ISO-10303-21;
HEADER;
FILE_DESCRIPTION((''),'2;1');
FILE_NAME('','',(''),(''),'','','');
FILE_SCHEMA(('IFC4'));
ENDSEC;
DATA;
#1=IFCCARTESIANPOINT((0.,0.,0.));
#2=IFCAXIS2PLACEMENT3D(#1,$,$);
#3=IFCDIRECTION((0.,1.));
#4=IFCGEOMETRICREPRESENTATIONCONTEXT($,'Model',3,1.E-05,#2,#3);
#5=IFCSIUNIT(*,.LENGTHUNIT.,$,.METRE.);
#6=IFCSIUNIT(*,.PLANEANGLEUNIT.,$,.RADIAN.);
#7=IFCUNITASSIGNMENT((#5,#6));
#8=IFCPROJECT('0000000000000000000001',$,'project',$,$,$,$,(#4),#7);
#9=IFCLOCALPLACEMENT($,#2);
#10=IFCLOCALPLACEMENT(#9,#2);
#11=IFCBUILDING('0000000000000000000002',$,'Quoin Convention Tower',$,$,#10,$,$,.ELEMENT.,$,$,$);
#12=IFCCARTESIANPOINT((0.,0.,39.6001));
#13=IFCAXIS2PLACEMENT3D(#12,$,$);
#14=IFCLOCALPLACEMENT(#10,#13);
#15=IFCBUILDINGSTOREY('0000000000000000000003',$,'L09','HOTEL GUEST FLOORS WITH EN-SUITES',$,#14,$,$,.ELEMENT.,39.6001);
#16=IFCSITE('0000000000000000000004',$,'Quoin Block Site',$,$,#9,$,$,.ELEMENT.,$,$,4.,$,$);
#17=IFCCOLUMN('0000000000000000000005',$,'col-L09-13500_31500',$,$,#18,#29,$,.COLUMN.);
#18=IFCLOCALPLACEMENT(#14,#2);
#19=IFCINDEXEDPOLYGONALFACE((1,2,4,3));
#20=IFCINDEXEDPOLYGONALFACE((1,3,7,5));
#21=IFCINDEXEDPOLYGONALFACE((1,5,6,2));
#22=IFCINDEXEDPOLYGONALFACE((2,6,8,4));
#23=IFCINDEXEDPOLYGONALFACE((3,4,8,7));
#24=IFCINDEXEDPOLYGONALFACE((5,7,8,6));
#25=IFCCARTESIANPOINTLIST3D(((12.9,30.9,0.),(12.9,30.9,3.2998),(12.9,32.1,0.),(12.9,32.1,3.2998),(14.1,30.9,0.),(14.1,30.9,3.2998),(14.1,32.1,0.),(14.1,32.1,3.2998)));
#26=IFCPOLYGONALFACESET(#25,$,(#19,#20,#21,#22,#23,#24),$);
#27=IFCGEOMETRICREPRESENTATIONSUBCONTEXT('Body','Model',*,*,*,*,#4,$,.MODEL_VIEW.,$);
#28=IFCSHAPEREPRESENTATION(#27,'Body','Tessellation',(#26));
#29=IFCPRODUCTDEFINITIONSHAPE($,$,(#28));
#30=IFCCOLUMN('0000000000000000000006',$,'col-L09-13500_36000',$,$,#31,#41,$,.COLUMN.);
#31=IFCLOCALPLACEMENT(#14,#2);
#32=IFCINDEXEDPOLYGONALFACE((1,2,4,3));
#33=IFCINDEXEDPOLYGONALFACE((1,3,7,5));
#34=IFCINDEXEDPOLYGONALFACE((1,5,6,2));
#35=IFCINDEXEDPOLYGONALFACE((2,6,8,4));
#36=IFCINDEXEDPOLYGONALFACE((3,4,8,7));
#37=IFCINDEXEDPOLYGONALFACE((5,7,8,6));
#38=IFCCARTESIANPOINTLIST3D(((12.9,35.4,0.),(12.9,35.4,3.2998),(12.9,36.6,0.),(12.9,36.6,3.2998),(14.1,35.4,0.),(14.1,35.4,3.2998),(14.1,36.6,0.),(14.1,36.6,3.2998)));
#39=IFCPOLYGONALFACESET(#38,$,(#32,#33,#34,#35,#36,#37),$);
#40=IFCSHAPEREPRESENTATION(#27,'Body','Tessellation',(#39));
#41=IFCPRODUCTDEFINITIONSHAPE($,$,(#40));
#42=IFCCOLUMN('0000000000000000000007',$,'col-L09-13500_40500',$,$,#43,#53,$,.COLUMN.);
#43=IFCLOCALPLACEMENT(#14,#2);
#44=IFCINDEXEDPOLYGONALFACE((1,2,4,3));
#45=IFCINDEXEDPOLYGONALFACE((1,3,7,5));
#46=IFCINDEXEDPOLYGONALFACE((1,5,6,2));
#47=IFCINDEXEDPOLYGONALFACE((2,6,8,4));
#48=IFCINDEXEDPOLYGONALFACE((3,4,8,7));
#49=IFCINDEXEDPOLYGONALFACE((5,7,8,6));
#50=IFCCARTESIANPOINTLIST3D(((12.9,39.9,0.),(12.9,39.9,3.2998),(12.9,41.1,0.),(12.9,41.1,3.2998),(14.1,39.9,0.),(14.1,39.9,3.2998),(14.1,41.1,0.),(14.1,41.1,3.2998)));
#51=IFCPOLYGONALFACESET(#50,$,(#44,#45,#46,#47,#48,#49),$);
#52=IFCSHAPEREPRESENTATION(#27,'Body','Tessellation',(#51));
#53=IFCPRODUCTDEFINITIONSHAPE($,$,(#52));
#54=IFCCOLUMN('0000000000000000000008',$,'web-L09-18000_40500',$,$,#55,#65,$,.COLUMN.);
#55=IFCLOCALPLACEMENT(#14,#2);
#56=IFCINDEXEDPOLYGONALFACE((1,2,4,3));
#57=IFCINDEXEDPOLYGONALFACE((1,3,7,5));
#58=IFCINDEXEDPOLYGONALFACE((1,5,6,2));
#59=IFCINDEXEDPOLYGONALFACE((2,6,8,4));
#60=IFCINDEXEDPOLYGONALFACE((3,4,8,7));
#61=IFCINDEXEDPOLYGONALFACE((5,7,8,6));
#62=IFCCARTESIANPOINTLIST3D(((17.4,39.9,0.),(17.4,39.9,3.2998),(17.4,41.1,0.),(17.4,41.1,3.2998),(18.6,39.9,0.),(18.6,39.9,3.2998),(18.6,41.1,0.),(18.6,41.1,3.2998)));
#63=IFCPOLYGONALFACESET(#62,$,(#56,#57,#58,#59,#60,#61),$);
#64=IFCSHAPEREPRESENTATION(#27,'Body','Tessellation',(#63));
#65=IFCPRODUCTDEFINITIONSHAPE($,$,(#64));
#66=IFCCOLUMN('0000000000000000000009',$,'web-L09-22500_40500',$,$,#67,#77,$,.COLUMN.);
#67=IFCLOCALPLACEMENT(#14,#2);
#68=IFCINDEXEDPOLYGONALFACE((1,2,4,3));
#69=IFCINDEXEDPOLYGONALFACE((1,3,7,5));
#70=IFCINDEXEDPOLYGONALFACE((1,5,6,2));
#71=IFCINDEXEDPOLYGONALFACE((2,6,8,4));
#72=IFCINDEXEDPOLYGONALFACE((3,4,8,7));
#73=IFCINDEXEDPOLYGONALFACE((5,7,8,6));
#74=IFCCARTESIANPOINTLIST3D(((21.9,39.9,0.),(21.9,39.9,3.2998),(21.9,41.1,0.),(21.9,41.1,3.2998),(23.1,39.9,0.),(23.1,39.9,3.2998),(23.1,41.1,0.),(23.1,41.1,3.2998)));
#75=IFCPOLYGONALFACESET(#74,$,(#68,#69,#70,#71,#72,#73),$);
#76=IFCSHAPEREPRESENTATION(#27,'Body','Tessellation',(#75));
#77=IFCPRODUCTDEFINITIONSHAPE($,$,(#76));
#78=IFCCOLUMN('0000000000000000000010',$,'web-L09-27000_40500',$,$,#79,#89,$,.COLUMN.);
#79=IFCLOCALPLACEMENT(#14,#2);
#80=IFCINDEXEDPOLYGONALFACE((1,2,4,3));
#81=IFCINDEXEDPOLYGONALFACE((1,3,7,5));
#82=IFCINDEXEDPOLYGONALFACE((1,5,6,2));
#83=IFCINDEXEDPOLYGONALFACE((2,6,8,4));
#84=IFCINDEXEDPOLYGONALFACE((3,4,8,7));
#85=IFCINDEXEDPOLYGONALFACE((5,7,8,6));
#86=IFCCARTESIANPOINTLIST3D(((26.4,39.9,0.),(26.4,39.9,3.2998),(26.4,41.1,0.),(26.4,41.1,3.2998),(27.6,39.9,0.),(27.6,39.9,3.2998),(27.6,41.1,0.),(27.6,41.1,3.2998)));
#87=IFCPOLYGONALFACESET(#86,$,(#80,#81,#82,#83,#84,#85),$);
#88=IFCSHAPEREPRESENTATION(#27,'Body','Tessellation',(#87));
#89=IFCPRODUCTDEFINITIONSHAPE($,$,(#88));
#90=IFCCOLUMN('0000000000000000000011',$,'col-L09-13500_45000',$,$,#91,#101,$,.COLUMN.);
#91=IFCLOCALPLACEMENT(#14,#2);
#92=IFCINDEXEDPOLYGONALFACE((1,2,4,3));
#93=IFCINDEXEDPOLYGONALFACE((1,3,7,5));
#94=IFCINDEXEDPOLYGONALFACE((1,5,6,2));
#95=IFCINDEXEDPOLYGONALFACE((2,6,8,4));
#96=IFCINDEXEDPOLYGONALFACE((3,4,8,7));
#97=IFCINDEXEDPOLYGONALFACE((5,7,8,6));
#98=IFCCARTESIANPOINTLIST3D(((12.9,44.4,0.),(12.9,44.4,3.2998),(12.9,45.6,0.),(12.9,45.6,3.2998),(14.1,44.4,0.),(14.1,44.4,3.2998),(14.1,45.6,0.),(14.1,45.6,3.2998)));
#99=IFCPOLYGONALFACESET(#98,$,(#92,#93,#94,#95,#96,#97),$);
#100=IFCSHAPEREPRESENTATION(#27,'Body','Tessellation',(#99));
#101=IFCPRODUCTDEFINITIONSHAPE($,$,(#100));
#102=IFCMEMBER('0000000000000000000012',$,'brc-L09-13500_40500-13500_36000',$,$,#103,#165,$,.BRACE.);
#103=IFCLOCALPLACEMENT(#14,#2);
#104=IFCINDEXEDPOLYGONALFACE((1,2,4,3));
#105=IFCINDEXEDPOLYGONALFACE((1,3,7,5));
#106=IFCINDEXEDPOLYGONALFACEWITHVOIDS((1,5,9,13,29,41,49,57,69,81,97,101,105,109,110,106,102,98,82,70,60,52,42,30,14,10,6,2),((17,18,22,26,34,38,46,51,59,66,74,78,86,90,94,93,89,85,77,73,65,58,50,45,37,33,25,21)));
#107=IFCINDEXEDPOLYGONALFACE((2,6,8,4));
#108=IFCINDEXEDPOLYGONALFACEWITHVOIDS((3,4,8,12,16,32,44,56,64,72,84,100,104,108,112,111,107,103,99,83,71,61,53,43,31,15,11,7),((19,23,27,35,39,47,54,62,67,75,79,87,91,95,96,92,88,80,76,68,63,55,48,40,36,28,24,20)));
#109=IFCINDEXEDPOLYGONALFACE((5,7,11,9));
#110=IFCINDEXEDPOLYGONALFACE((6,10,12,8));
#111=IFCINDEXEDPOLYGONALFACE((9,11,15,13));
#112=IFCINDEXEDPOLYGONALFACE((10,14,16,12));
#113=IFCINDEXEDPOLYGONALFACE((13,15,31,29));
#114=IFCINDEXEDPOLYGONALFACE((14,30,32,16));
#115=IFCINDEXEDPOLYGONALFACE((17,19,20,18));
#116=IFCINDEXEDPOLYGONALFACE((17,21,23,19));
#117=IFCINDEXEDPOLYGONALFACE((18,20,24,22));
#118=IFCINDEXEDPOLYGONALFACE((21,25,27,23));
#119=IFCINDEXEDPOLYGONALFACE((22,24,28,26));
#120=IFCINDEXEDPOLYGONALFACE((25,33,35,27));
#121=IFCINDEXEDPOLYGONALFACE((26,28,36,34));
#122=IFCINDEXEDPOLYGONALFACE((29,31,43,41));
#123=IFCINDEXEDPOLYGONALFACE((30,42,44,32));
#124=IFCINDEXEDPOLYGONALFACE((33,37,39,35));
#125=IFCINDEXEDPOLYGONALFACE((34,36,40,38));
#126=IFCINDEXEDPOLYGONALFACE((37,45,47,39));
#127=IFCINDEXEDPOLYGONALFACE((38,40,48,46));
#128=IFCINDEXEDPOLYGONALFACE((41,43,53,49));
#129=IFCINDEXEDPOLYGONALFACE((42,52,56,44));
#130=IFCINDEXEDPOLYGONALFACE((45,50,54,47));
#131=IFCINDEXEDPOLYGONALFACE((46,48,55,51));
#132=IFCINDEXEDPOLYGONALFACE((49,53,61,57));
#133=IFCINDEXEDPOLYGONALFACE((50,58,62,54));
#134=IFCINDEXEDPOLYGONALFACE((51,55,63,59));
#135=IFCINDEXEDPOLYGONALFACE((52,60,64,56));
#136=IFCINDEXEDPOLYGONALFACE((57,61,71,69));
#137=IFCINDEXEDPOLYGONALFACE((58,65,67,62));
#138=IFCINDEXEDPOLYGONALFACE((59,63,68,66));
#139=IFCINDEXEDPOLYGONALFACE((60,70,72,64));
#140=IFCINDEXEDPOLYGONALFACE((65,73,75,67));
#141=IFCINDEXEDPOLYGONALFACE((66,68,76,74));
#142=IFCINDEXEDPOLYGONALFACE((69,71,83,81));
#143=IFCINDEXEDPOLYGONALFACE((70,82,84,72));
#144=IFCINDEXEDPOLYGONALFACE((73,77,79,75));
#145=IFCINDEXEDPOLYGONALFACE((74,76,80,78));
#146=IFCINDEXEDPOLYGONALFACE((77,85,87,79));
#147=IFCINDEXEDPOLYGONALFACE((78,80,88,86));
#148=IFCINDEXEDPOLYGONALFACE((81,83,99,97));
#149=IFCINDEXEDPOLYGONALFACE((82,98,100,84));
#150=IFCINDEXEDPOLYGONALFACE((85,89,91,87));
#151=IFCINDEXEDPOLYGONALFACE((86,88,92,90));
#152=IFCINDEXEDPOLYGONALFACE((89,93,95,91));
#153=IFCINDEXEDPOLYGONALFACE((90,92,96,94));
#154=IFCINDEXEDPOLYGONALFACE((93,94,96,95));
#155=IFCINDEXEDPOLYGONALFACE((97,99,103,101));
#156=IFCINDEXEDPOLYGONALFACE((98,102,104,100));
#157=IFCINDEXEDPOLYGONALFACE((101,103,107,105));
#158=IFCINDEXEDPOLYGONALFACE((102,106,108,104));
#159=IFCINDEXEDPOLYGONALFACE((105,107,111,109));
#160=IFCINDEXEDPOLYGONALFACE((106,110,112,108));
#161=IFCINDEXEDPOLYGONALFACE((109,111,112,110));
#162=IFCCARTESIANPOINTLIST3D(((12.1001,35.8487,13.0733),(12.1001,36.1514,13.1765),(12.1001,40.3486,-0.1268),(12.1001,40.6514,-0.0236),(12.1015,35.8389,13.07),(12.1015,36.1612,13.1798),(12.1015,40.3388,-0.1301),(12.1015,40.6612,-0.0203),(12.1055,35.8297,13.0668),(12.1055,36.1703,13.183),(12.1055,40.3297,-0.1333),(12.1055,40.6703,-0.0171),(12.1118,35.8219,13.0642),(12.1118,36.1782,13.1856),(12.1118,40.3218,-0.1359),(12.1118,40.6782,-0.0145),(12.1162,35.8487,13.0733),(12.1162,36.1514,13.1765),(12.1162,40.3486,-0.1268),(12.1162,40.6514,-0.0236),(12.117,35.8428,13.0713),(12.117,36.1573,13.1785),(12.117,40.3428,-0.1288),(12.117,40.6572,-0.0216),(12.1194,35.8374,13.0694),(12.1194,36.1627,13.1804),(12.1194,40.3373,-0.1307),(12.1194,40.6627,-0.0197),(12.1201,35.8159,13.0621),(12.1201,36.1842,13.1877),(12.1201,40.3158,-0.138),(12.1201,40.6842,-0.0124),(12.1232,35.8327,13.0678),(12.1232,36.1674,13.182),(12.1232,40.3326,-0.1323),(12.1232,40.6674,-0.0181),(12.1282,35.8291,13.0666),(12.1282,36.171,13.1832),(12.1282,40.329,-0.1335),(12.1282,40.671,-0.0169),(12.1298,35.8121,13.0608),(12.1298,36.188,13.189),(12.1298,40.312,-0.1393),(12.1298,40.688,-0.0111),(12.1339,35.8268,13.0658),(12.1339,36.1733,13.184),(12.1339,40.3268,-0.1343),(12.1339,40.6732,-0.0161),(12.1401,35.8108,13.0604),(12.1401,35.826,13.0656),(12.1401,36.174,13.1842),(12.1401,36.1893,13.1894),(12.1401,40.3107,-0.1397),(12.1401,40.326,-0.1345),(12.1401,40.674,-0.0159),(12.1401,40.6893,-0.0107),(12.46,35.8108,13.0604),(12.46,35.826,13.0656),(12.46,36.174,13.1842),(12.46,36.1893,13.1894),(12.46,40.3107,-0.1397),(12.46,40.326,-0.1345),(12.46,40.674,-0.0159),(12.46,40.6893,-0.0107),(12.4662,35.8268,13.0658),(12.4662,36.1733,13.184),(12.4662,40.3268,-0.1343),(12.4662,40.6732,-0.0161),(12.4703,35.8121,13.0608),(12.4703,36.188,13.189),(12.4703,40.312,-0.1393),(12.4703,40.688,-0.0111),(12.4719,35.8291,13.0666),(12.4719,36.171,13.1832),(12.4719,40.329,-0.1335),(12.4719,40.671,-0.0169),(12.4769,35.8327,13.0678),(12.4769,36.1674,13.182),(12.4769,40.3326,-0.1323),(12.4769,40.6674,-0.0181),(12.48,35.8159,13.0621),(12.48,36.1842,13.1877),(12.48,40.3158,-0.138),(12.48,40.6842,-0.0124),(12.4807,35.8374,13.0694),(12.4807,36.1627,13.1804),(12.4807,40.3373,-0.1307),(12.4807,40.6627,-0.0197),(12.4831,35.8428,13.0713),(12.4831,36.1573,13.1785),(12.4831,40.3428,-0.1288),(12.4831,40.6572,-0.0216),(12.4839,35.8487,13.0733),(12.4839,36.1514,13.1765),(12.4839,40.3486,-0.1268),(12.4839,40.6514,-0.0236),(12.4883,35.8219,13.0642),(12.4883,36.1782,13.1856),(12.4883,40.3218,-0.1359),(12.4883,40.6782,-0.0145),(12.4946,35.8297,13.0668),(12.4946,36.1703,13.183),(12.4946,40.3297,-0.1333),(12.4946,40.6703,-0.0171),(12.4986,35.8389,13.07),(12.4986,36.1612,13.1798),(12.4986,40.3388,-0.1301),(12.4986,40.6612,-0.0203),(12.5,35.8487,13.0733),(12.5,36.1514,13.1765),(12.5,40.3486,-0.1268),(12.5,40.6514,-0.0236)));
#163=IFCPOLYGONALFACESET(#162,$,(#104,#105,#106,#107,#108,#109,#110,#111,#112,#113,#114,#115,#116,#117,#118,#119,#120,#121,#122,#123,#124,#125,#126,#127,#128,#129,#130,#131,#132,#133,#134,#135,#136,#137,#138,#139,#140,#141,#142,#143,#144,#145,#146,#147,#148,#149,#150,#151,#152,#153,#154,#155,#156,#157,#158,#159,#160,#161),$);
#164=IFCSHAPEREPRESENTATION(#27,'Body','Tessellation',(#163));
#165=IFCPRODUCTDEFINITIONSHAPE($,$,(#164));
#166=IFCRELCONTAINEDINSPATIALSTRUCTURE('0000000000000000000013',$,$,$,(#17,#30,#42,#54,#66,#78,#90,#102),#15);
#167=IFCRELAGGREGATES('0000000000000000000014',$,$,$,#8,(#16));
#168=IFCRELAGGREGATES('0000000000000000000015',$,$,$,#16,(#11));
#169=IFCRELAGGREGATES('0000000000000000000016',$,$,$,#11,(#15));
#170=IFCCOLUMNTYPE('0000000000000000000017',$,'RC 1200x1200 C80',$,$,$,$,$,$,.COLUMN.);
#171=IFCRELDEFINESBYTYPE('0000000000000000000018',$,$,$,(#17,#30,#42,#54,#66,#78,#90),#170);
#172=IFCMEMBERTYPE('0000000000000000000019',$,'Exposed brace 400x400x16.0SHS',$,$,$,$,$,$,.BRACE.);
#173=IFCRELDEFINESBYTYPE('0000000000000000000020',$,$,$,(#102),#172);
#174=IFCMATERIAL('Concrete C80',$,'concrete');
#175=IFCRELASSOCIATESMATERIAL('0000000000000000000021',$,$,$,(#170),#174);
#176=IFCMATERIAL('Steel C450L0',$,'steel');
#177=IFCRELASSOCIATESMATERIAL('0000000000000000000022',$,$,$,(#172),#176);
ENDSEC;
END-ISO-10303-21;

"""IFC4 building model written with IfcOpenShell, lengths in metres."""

from ifc_helpers import new_model, si_unit, direction, frame, origin, origin_2d, place, context, subcontext, project, spatial, rectangle, hollow_rectangle, extrude, material, material_profile, profile_set, type_object, element, save


model = new_model("IFC4")

# Units and contexts
model_context = context("Model", 3, precision=1e-05, world=origin(), true_north=direction((0.0, 1.0)))
body_context = subcontext(model_context, "Body", "Model", "MODEL_VIEW")
ifc_project = project(units=[si_unit("LENGTHUNIT", "METRE"), si_unit("PLANEANGLEUNIT", "RADIAN")], contexts=[model_context])

# Site, building, storey
site_placement = place(None, origin())
site = spatial("IfcSite", under=ifc_project, at=site_placement, Name="Quoin Block Site", CompositionType="ELEMENT", RefElevation=4.0)
building_placement = place(site_placement, origin())
building = spatial("IfcBuilding", under=site, at=building_placement, Name="Quoin Convention Tower", CompositionType="ELEMENT")
storey_placement = place(building_placement, frame((0.0, 0.0, 39.6001)))
storey = spatial("IfcBuildingStorey", under=building, at=storey_placement, Name="L09", Description="HOTEL GUEST FLOORS WITH EN-SUITES", CompositionType="ELEMENT", Elevation=39.6001)

# Columns
ifc_material_1 = material(Name="Concrete C80", Category="concrete")
ifc_material_profile_1 = material_profile(ifc_material_1, rectangle(XDim=1.2, YDim=1.2, at=origin_2d()), Name="RC 1200x1200")
ifc_profile_set_1 = profile_set([ifc_material_profile_1], Name="Concrete C80")
column_type = type_object("IfcColumnType", Name="RC 1200x1200 C80", PredefinedType="COLUMN", material=ifc_profile_set_1)
for number, where, z_axis, x_axis, name in (
    (1, (13.5, 31.5, 0.0), (0.0, 0.0, 1.0), (1.0, 0.0, 0.0), "col-L09-13500_31500"),
    (2, (13.5, 36.0, 0.0), (0.0, 0.0, 1.0), (1.0, 0.0, 0.0), "col-L09-13500_36000"),
    (3, (13.5, 40.5, 0.0), (0.0, 0.0, 1.0), (1.0, 0.0, 0.0), "col-L09-13500_40500"),
    (4, (18.0, 40.5, 0.0), (0.0, 0.0, 1.0), (1.0, 0.0, 0.0), "web-L09-18000_40500"),
    (5, (22.5, 40.5, 0.0), (0.0, 0.0, 1.0), (1.0, 0.0, 0.0), "web-L09-22500_40500"),
    (6, (27.0, 40.5, 0.0), (0.0, 0.0, 1.0), (1.0, 0.0, 0.0), "web-L09-27000_40500"),
    (7, (13.5, 45.0, 0.0), (0.0, 0.0, 1.0), (1.0, 0.0, 0.0), "col-L09-13500_45000"),
):
    element("IfcColumn", number, at=place(storey_placement, frame(where, z_axis=z_axis, x_axis=x_axis)), inside=storey, type_object=column_type, Name=name, PredefinedType="COLUMN", context=body_context, shape_type="SweptSolid", body=[
        extrude(rectangle(XDim=1.2, YDim=1.2, at=origin_2d()), origin(), (0.0, 0.0, 1.0), 3.2998),
    ])

# Member
ifc_material_2 = material(Name="Steel C450L0", Category="steel")
ifc_material_profile_2 = material_profile(ifc_material_2, hollow_rectangle(XDim=0.3999, YDim=0.3999, WallThickness=0.0161, InnerFilletRadius=0.0239, OuterFilletRadius=0.04, at=origin_2d()), Name="400x400x16.0SHS")
ifc_profile_set_2 = profile_set([ifc_material_profile_2], Name="Steel C450L0")
member_type = type_object("IfcMemberType", Name="Exposed brace 400x400x16.0SHS", PredefinedType="BRACE", material=ifc_profile_set_2)
for number, where, z_axis, x_axis, name in (
    (8, (12.3, 40.5, -0.0752), (0.0, -0.32267, 0.946512), (1.0, 0.0, 0.0), "brc-L09-13500_40500-13500_36000"),
):
    element("IfcMember", number, at=place(storey_placement, frame(where, z_axis=z_axis, x_axis=x_axis)), inside=storey, type_object=member_type, Name=name, PredefinedType="BRACE", context=body_context, shape_type="SweptSolid", body=[
        extrude(hollow_rectangle(XDim=0.3999, YDim=0.3999, WallThickness=0.0161, InnerFilletRadius=0.0239, OuterFilletRadius=0.04, at=origin_2d()), origin(), (0.0, 0.0, 1.0), 13.946),
    ])

save(model, "model.ifc")
